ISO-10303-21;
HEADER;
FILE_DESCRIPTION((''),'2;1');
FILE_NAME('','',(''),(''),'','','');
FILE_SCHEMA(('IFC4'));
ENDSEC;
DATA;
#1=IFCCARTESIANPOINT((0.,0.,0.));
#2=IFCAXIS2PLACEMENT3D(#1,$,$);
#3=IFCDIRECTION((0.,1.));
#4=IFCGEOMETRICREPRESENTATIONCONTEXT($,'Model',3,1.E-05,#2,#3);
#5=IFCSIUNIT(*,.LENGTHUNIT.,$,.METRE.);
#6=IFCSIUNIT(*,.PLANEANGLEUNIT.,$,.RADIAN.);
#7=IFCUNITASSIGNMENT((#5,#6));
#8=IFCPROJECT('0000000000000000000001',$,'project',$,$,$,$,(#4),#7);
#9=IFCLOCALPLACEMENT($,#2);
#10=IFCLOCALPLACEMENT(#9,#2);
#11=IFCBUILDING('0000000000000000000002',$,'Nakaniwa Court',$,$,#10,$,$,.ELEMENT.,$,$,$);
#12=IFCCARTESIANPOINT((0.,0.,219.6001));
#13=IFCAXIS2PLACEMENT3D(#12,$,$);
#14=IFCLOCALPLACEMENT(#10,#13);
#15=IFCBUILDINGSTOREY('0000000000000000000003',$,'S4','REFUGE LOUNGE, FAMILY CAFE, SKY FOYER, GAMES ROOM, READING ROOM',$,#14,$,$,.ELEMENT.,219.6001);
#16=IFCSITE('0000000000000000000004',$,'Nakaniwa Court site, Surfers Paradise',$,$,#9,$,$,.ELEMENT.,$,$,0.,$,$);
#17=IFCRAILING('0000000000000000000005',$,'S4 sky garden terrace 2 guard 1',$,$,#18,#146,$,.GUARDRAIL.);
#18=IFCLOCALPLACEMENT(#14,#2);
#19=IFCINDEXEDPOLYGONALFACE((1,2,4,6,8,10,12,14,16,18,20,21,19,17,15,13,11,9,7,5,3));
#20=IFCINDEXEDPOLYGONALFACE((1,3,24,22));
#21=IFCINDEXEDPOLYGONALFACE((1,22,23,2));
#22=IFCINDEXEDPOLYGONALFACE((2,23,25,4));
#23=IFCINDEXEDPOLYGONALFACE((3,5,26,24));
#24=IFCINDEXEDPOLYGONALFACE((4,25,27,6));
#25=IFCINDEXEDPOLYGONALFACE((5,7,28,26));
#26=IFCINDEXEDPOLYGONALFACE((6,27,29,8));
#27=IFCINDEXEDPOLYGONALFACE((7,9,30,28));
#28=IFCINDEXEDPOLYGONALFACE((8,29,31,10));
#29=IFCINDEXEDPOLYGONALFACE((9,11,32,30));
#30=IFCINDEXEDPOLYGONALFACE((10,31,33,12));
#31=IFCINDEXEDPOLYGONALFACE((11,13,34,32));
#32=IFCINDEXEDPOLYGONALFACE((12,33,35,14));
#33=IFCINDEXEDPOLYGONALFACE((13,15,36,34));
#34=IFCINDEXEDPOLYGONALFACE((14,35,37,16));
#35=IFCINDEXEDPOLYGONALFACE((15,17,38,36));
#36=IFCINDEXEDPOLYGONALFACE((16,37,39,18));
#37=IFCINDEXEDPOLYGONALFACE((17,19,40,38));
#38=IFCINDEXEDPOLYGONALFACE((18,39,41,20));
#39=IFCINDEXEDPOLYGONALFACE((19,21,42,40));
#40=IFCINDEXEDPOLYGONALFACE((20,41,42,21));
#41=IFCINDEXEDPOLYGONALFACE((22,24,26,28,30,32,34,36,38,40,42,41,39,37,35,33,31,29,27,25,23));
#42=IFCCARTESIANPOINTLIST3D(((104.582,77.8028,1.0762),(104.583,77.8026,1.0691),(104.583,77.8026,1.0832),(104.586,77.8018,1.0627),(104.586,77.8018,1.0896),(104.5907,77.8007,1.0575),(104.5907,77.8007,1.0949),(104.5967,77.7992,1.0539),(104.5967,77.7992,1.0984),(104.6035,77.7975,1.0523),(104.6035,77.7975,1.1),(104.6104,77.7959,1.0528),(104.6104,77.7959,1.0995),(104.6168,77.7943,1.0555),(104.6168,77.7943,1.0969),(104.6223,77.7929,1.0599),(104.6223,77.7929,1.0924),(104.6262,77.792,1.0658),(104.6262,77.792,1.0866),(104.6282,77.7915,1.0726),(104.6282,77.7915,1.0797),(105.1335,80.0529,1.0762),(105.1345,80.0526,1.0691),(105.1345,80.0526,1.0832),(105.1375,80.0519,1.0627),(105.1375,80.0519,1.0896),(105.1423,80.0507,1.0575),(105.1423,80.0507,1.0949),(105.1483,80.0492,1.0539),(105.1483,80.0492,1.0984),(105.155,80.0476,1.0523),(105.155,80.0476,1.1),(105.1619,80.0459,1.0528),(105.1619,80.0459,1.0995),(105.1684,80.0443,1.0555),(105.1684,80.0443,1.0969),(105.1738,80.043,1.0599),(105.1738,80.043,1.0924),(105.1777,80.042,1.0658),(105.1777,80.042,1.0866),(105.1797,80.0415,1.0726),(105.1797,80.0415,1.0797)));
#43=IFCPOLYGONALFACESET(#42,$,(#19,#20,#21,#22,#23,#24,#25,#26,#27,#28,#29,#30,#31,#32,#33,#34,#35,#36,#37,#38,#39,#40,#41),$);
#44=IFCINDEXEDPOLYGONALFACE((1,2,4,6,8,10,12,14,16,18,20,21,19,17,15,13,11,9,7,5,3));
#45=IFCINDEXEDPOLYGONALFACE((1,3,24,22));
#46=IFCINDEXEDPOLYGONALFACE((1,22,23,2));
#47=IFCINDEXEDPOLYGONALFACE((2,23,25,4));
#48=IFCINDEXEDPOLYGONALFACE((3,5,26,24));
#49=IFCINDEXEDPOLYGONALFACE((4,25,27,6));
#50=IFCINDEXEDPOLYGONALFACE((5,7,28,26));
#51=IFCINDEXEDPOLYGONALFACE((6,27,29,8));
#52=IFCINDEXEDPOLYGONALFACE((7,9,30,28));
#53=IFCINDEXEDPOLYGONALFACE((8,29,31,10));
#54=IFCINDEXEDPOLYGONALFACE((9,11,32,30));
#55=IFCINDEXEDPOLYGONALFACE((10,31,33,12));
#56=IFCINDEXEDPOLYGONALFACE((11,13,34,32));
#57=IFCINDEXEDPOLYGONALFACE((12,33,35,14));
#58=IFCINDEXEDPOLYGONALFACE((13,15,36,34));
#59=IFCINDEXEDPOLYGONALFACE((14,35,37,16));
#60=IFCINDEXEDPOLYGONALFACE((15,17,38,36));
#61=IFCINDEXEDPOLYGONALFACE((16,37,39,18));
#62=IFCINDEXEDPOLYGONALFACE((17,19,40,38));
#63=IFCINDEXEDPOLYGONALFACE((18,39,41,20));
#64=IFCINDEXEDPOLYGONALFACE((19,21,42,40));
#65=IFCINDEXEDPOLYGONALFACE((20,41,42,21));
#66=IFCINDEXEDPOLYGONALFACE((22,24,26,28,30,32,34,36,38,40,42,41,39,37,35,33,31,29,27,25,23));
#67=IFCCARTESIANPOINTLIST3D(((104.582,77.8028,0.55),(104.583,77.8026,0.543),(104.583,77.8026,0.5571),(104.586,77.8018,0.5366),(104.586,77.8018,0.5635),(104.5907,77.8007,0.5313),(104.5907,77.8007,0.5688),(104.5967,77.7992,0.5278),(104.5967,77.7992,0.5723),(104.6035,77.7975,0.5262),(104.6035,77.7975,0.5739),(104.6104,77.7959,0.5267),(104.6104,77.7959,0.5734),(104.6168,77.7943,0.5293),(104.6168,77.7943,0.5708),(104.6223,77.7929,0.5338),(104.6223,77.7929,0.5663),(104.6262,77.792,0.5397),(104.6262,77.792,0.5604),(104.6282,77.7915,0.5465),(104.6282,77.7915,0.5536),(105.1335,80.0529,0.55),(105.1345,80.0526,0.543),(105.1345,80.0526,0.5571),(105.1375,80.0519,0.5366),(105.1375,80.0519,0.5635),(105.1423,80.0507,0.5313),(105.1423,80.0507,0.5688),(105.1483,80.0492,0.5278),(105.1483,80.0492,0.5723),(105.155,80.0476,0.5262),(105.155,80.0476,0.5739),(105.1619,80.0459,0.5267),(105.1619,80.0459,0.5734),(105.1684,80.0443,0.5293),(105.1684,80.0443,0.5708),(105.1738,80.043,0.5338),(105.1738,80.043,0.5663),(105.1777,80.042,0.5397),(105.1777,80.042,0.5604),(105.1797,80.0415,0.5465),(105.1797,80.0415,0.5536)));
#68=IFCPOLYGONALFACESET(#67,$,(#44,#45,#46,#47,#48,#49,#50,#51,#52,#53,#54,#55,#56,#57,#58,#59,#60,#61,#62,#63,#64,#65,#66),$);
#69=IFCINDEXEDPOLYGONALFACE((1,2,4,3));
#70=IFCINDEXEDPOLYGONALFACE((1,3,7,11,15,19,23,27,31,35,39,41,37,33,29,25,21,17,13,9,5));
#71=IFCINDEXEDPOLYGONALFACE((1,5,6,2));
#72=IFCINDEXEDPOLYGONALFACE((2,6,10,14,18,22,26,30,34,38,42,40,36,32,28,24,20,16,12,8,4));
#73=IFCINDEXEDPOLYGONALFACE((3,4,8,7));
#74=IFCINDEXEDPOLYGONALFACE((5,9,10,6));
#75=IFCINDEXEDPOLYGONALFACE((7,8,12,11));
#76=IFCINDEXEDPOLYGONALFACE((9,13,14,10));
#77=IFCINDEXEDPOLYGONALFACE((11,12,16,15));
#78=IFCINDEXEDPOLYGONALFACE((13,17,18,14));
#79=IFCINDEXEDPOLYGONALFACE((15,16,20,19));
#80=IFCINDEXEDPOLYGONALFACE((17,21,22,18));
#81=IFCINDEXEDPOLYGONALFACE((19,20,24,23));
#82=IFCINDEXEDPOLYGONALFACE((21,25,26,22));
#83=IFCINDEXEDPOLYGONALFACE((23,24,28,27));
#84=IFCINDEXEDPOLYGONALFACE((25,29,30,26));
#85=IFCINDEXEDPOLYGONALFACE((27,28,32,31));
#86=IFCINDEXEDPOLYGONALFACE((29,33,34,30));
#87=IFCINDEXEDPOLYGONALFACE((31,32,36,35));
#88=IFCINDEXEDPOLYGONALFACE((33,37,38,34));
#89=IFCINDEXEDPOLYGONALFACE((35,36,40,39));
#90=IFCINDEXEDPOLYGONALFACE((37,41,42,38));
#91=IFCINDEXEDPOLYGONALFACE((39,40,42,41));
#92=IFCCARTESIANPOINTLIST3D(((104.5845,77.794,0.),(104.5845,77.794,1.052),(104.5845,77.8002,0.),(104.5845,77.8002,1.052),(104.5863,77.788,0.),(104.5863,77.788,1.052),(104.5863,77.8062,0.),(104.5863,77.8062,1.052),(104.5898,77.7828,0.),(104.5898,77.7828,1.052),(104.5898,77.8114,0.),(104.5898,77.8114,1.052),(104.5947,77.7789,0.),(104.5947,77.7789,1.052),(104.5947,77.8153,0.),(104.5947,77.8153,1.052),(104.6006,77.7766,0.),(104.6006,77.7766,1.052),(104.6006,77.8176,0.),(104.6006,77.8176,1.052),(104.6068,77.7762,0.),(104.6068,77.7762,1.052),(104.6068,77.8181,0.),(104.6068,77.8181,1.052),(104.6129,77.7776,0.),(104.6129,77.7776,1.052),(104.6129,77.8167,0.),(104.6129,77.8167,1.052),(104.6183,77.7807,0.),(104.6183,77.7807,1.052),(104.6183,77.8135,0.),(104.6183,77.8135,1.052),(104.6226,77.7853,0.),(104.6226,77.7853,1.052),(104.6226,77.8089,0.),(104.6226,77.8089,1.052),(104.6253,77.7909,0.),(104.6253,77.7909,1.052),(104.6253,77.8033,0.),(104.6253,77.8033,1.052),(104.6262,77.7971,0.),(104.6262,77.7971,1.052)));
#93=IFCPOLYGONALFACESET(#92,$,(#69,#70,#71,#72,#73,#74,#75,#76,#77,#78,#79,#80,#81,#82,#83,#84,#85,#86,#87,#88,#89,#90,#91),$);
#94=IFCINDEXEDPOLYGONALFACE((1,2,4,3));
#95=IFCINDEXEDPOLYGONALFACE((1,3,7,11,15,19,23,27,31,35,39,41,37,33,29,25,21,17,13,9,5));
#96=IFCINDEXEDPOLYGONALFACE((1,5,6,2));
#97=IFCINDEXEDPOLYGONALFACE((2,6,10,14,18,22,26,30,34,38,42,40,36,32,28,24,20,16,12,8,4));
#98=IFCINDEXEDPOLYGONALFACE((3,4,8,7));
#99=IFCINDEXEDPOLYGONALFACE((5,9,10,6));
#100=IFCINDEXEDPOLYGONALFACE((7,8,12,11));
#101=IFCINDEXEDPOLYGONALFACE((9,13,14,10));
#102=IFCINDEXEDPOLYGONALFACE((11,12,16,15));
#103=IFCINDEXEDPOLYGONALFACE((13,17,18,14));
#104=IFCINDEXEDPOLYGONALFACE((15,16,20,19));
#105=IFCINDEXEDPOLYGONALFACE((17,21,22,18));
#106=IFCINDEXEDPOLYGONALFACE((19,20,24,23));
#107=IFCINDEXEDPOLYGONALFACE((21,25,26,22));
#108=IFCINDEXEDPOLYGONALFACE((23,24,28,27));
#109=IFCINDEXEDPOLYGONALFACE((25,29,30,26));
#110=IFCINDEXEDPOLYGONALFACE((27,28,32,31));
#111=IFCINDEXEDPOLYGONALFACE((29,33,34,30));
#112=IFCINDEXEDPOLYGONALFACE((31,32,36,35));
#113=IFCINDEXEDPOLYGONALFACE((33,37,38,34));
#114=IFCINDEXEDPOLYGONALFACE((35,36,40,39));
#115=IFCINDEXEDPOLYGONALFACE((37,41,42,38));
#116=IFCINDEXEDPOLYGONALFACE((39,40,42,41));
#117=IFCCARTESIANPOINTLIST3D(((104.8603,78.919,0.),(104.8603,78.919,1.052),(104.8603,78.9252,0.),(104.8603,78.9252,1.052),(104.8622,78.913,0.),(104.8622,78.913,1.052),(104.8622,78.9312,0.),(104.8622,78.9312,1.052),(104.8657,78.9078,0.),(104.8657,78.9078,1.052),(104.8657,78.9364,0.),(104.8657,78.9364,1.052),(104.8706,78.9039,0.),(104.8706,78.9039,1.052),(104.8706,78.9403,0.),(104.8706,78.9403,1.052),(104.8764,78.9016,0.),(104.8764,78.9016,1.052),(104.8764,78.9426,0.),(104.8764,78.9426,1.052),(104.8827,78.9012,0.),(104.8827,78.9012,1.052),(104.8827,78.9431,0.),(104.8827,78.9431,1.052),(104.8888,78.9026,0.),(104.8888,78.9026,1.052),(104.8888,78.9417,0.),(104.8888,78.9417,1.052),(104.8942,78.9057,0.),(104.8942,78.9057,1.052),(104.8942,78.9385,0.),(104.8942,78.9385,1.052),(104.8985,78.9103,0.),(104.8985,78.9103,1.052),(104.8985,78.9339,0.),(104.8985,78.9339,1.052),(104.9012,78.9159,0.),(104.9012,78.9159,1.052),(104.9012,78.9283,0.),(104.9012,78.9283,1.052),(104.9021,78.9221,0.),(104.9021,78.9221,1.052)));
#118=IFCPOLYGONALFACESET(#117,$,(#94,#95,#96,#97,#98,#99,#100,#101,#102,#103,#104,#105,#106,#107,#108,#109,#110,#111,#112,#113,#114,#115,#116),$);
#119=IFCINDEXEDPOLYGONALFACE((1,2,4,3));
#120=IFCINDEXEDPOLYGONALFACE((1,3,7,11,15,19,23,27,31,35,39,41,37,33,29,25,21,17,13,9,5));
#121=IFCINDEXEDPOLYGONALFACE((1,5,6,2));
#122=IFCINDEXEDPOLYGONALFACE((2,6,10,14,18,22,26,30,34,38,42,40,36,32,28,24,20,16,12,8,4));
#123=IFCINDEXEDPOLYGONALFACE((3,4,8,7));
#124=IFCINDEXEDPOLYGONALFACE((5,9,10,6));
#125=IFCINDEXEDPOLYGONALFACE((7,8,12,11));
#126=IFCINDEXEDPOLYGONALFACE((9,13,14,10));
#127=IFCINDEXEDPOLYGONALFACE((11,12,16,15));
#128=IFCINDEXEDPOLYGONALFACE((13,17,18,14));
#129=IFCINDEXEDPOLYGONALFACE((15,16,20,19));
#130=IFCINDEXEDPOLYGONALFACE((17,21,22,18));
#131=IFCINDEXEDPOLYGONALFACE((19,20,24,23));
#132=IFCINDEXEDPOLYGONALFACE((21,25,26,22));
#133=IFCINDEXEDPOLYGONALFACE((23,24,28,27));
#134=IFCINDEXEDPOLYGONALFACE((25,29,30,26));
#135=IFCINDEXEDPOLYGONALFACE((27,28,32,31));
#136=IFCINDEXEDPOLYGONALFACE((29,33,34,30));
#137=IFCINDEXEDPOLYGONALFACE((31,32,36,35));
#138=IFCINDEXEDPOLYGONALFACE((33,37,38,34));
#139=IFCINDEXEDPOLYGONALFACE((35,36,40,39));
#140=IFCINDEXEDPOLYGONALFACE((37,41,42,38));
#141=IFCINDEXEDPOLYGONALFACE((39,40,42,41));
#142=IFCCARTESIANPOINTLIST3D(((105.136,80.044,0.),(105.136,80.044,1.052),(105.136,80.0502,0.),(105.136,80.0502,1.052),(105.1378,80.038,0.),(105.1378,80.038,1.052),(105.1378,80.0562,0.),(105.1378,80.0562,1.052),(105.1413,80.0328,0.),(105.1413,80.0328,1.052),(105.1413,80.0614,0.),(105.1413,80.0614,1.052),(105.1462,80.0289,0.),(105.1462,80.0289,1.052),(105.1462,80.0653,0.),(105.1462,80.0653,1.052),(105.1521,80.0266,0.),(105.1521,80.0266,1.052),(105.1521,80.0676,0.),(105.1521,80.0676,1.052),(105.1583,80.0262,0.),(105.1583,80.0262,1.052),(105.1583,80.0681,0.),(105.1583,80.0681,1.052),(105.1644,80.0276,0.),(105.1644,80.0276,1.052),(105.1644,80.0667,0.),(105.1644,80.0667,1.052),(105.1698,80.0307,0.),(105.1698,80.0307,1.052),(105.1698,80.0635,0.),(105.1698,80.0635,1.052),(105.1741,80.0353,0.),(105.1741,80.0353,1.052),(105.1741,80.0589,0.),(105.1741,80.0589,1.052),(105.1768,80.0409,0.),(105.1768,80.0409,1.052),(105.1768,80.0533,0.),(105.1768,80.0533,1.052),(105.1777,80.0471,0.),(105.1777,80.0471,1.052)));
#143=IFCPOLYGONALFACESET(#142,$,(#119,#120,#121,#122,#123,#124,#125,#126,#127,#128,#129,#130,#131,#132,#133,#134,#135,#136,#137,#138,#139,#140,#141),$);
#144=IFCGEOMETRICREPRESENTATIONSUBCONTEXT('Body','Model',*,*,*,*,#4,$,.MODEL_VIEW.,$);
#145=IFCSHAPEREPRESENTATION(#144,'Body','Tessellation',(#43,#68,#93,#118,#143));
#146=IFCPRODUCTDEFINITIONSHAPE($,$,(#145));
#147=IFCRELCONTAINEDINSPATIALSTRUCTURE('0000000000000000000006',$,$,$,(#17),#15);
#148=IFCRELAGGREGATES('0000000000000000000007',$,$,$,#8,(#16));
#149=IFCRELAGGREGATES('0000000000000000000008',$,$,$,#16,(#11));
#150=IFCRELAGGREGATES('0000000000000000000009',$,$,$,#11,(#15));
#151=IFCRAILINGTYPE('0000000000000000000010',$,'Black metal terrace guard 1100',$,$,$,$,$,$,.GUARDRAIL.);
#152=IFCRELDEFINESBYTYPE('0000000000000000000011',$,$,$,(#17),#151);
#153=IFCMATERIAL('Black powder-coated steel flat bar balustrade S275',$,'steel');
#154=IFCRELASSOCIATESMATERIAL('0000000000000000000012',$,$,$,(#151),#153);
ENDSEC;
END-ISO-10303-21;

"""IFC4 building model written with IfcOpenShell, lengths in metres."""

from ifc_helpers import new_model, si_unit, direction, frame, origin, origin_2d, place, context, subcontext, project, spatial, circle, extrude, material, type_object, element, save


model = new_model("IFC4")

# Units and contexts
model_context = context("Model", 3, precision=1e-05, world=origin(), true_north=direction((0.0, 1.0)))
body_context = subcontext(model_context, "Body", "Model", "MODEL_VIEW")
ifc_project = project(units=[si_unit("LENGTHUNIT", "METRE"), si_unit("PLANEANGLEUNIT", "RADIAN")], contexts=[model_context])

# Site, building, storey
site_placement = place(None, origin())
site = spatial("IfcSite", under=ifc_project, at=site_placement, Name="Nakaniwa Court site, Surfers Paradise", CompositionType="ELEMENT", RefElevation=0.0)
building_placement = place(site_placement, origin())
building = spatial("IfcBuilding", under=site, at=building_placement, Name="Nakaniwa Court", CompositionType="ELEMENT")
storey_placement = place(building_placement, frame((0.0, 0.0, 219.6001)))
storey = spatial("IfcBuildingStorey", under=building, at=storey_placement, Name="S4", Description="REFUGE LOUNGE, FAMILY CAFE, SKY FOYER, GAMES ROOM, READING ROOM", CompositionType="ELEMENT", Elevation=219.6001)

# Railing
ifc_material_1 = material(Name="Black powder-coated steel flat bar balustrade S275", Category="steel")
railing_type = type_object("IfcRailingType", Name="Black metal terrace guard 1100", PredefinedType="GUARDRAIL", material=ifc_material_1)
railing_1_placement = place(storey_placement, frame((104.6052, 77.7971, 0.0)))
element("IfcRailing", 1, at=railing_1_placement, inside=storey, type_object=railing_type, Name="S4 sky garden terrace 2 guard 1", PredefinedType="GUARDRAIL", context=body_context, shape_type="SweptSolid", body=[
    extrude(circle(Radius=0.0239, at=origin_2d()), frame((0.0, 0.0, 1.0762), z_axis=(0.23807, 0.971248, 0.0), x_axis=(-0.971248, 0.23807, 0.0)), (0.0, 0.0, 1.0), 2.3167),
    extrude(circle(Radius=0.0239, at=origin_2d()), frame((0.0, 0.0, 0.55), z_axis=(0.23807, 0.971248, 0.0), x_axis=(-0.971248, 0.23807, 0.0)), (0.0, 0.0, 1.0), 2.3167),
    extrude(circle(Radius=0.021, at=origin_2d()), origin(), (0.0, 0.0, 1.0), 1.052),
    extrude(circle(Radius=0.021, at=origin_2d()), frame((0.2759, 1.125, 0.0)), (0.0, 0.0, 1.0), 1.052),
    extrude(circle(Radius=0.021, at=origin_2d()), frame((0.5515, 2.25, 0.0)), (0.0, 0.0, 1.0), 1.052),
])

save(model, "model.ifc")
